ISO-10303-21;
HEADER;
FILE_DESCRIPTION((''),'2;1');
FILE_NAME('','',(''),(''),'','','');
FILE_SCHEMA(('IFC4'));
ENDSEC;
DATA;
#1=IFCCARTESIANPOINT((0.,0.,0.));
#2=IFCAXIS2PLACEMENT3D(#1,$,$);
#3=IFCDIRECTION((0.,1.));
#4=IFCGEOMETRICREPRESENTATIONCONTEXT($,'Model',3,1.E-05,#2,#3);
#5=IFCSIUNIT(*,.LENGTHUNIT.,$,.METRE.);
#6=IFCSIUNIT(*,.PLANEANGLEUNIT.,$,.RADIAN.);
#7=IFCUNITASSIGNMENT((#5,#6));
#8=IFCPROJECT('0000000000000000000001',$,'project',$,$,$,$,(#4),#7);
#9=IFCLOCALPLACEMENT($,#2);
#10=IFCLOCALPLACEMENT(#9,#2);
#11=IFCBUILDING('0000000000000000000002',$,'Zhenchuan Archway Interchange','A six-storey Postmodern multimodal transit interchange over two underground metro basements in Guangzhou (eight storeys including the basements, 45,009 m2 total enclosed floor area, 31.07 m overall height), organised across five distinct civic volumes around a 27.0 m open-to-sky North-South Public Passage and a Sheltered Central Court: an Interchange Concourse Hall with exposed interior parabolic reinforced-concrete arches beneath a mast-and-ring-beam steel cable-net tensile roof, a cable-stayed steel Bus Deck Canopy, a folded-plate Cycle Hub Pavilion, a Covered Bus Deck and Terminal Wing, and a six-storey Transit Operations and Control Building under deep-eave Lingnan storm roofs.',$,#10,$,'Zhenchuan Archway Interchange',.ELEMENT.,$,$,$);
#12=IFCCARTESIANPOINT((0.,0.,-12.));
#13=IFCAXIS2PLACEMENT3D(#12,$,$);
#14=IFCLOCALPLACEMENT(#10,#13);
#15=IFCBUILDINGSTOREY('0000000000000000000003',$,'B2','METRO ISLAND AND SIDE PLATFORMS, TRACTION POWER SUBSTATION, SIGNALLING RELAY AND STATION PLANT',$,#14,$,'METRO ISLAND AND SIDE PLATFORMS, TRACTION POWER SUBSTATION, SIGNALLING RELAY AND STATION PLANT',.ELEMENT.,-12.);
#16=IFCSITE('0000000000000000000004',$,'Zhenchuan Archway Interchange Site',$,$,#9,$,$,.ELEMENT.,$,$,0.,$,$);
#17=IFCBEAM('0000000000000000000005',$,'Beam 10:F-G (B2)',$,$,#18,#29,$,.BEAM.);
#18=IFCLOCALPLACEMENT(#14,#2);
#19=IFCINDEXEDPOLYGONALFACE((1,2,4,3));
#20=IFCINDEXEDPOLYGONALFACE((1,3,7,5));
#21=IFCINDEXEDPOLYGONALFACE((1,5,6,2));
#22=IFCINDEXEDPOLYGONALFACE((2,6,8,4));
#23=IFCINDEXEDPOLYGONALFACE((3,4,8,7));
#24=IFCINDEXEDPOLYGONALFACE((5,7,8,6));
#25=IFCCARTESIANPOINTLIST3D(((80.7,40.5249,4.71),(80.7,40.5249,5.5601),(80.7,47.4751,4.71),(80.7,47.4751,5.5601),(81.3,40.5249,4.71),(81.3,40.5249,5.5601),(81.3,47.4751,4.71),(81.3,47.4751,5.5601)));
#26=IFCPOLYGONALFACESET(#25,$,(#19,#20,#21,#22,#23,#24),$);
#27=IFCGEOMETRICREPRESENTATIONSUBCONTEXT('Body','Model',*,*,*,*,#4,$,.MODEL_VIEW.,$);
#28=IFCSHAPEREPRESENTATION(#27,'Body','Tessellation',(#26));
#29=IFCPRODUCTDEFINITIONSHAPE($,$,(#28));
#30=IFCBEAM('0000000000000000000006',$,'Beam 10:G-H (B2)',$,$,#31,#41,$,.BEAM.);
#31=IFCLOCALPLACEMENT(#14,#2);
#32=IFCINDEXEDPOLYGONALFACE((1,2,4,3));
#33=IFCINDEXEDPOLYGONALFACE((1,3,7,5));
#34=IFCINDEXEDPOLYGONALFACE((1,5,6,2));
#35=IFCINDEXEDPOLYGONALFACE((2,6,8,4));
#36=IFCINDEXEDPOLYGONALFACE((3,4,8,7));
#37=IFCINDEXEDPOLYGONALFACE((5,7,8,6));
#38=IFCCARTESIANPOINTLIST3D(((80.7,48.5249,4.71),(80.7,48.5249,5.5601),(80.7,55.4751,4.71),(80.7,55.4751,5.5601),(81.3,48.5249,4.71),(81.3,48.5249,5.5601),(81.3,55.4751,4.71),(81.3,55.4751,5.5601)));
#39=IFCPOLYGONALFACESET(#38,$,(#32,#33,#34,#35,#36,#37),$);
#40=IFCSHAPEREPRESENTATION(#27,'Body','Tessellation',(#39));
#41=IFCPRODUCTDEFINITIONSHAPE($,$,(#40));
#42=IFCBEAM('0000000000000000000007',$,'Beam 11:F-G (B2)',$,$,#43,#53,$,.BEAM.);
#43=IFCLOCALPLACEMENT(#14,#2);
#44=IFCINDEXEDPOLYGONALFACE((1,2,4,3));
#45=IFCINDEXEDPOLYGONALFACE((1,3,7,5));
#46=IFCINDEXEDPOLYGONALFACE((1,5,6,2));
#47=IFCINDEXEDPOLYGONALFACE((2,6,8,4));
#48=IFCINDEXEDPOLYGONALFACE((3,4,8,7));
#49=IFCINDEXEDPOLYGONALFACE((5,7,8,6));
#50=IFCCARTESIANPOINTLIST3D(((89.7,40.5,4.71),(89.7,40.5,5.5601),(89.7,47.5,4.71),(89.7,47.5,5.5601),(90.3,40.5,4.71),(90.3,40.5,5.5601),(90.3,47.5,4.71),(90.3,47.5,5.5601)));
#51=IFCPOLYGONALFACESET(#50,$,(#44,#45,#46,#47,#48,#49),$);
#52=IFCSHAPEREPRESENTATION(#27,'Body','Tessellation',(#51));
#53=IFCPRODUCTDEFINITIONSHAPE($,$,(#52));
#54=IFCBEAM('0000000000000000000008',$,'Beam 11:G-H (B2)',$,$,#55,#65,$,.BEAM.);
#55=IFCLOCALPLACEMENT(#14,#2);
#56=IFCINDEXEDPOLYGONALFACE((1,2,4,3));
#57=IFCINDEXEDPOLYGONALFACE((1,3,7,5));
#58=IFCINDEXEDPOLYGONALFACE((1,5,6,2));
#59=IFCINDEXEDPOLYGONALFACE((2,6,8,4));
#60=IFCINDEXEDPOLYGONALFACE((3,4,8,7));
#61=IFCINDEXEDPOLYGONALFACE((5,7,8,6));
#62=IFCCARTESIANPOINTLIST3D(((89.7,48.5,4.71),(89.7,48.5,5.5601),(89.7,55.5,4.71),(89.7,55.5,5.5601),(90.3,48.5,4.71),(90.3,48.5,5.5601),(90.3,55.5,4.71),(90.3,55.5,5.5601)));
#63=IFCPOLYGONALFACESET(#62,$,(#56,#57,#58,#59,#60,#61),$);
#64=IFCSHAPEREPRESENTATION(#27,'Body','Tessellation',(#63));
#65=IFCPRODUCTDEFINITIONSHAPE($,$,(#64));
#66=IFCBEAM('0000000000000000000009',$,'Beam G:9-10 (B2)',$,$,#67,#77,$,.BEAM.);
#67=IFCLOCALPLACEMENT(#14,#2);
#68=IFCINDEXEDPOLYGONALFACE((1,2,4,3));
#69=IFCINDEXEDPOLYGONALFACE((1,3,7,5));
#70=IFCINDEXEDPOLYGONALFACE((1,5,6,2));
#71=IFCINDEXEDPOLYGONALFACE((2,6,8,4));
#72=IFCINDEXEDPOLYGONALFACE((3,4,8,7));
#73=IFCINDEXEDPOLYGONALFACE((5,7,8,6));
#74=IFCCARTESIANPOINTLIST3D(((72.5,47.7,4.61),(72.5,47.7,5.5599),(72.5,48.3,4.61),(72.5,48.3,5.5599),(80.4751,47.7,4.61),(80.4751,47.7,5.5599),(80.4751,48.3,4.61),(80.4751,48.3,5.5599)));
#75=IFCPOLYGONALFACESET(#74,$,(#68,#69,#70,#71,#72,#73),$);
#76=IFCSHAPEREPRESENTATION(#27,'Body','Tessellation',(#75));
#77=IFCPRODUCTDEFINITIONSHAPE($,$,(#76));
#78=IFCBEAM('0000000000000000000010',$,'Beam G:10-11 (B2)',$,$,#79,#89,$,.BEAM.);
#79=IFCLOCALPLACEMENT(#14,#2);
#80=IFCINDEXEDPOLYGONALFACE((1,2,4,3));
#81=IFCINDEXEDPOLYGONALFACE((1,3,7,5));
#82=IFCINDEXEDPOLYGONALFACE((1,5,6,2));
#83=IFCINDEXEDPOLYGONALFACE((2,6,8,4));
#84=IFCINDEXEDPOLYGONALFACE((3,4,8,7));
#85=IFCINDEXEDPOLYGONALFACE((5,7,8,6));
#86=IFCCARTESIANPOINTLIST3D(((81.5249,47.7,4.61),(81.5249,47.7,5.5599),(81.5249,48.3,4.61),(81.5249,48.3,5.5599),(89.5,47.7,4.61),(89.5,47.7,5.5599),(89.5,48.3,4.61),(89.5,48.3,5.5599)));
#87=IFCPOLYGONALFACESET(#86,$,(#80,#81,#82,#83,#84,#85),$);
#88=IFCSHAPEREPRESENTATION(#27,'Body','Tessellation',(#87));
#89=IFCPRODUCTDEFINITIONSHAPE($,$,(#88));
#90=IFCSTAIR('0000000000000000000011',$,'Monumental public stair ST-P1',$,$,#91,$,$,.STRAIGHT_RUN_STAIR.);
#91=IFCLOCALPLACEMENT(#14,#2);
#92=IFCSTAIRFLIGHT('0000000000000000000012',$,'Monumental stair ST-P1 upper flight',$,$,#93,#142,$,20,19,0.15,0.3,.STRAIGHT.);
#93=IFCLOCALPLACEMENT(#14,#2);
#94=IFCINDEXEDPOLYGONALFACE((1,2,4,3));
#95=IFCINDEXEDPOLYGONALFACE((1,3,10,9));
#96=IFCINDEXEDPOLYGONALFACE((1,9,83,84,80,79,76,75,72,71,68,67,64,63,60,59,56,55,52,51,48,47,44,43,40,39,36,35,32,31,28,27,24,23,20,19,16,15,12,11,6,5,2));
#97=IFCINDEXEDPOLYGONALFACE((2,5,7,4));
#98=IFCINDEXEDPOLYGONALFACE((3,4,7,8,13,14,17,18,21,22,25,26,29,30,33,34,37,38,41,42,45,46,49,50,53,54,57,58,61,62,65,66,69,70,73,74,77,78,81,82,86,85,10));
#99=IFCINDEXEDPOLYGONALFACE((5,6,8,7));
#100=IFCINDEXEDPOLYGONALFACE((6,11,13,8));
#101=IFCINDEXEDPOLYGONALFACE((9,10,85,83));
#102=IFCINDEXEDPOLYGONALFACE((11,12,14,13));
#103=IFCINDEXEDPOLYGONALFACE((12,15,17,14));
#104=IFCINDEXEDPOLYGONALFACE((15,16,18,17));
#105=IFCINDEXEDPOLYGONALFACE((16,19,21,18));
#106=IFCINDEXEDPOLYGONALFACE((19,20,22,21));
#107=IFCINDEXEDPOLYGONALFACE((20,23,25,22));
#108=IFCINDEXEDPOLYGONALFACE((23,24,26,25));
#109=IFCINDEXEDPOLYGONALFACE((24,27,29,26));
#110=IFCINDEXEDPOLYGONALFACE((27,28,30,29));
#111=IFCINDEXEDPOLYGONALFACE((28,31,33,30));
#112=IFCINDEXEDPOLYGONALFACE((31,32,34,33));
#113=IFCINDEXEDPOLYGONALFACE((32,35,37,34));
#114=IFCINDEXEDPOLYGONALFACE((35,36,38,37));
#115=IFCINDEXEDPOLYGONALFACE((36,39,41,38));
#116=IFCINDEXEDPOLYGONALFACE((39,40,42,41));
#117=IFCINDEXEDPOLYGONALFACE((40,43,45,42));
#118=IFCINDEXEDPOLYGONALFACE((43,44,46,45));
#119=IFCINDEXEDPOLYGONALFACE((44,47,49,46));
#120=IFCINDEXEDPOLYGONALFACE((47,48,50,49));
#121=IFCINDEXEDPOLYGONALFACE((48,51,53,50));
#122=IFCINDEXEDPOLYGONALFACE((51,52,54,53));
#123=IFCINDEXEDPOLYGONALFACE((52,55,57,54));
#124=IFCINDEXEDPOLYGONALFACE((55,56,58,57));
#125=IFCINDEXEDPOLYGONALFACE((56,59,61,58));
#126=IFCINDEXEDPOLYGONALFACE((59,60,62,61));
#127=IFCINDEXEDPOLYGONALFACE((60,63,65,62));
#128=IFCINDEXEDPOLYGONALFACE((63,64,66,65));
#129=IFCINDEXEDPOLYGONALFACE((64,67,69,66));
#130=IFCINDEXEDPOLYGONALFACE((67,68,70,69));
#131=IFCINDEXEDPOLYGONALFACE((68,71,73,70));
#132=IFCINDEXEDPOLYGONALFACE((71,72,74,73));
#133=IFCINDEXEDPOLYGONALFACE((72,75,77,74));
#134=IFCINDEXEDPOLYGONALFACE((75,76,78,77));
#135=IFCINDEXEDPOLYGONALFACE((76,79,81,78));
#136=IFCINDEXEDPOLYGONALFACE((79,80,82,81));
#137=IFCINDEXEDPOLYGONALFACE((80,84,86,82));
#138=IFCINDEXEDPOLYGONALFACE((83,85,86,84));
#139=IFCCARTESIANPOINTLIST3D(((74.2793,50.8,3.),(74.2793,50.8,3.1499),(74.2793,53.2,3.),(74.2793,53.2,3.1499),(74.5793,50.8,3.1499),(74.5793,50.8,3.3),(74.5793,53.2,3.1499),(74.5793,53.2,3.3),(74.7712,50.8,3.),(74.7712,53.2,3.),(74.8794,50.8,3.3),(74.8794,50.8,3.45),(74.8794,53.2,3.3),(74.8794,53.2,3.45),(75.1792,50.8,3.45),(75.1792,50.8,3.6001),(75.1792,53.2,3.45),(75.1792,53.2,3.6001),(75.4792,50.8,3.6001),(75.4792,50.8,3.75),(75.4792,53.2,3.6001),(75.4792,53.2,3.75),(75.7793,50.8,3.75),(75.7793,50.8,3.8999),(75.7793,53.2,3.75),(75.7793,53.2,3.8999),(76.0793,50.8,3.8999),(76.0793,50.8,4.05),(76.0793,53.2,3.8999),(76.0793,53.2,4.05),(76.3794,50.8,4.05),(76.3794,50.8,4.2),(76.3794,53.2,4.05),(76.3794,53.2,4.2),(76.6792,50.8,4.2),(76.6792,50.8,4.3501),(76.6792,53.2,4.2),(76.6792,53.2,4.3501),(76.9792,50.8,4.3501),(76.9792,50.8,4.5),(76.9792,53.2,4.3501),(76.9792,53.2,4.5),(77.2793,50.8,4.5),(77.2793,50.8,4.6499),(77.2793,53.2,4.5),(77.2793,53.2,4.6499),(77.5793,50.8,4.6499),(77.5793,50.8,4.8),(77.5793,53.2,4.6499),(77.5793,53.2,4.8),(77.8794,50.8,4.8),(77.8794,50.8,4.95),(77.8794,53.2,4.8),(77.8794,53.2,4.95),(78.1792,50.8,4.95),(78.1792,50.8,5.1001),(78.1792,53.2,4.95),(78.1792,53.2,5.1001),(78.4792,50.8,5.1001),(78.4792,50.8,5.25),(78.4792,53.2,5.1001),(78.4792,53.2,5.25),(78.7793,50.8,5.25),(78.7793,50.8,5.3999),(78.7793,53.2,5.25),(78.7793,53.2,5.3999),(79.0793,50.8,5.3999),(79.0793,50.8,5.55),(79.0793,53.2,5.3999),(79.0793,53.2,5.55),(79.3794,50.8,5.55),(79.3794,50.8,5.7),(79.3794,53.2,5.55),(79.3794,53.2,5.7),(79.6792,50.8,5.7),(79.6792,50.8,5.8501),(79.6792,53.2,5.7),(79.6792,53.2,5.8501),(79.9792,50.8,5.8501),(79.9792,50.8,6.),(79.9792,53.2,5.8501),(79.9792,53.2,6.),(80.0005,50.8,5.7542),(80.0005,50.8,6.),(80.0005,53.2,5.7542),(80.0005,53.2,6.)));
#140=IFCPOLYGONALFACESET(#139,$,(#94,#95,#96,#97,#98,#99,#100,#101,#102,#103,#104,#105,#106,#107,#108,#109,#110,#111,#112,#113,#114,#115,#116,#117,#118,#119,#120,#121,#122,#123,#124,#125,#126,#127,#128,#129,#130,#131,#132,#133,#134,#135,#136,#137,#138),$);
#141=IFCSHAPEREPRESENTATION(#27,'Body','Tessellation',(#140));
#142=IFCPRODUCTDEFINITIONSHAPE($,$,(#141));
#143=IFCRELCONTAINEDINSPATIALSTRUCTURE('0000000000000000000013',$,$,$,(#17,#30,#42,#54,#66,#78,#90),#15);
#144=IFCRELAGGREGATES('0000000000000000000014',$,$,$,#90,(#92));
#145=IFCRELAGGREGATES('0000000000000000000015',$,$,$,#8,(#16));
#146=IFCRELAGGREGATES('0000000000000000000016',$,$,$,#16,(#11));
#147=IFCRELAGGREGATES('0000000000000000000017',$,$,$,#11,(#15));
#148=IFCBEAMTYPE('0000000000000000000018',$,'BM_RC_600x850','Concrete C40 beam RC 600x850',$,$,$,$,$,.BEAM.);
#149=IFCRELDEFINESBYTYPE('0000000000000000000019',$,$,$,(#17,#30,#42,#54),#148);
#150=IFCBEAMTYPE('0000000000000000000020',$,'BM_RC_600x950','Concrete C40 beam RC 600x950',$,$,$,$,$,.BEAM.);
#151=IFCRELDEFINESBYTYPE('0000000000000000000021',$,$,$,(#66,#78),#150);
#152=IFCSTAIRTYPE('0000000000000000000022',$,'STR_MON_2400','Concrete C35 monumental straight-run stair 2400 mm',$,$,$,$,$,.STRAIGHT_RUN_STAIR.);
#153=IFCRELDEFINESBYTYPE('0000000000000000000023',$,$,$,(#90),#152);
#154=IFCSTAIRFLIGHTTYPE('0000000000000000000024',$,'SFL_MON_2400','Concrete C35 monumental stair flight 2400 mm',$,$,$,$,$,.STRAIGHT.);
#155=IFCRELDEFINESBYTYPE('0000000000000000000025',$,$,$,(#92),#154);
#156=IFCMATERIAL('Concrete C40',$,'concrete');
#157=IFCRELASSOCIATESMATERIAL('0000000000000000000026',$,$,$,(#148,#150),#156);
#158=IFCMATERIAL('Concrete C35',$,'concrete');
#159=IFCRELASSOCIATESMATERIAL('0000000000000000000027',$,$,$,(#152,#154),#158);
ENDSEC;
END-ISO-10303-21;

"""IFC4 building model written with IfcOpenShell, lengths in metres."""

from ifc_helpers import new_model, si_unit, direction, frame, origin, origin_2d, place, context, subcontext, project, spatial, polyline, rectangle, outline, extrude, material, material_profile, profile_set, type_object, element, aggregate, save


model = new_model("IFC4")

# Units and contexts
model_context = context("Model", 3, precision=1e-05, world=origin(), true_north=direction((0.0, 1.0)))
body_context = subcontext(model_context, "Body", "Model", "MODEL_VIEW")
ifc_project = project(units=[si_unit("LENGTHUNIT", "METRE"), si_unit("PLANEANGLEUNIT", "RADIAN")], contexts=[model_context])

# Site, building, storey
site_placement = place(None, origin())
site = spatial("IfcSite", under=ifc_project, at=site_placement, Name="Zhenchuan Archway Interchange Site", CompositionType="ELEMENT", RefElevation=0.0)
building_placement = place(site_placement, origin())
building = spatial("IfcBuilding", under=site, at=building_placement, Name="Zhenchuan Archway Interchange", Description="A six-storey Postmodern multimodal transit interchange over two underground metro basements in Guangzhou (eight storeys including the basements, 45,009 m2 total enclosed floor area, 31.07 m overall height), organised across five distinct civic volumes around a 27.0 m open-to-sky North-South Public Passage and a Sheltered Central Court: an Interchange Concourse Hall with exposed interior parabolic reinforced-concrete arches beneath a mast-and-ring-beam steel cable-net tensile roof, a cable-stayed steel Bus Deck Canopy, a folded-plate Cycle Hub Pavilion, a Covered Bus Deck and Terminal Wing, and a six-storey Transit Operations and Control Building under deep-eave Lingnan storm roofs.", LongName="Zhenchuan Archway Interchange", CompositionType="ELEMENT")
storey_placement = place(building_placement, frame((0.0, 0.0, -12.0)))
storey = spatial("IfcBuildingStorey", under=building, at=storey_placement, Name="B2", Description="METRO ISLAND AND SIDE PLATFORMS, TRACTION POWER SUBSTATION, SIGNALLING RELAY AND STATION PLANT", LongName="METRO ISLAND AND SIDE PLATFORMS, TRACTION POWER SUBSTATION, SIGNALLING RELAY AND STATION PLANT", CompositionType="ELEMENT", Elevation=-12.0)

# Shared definitions
ifc_material_1 = material(Name="Concrete C40", Category="concrete")

# Shared definitions
ifc_material_2 = material(Name="Concrete C35", Category="concrete")

# Beams
ifc_material_profile_1 = material_profile(ifc_material_1, rectangle(XDim=0.6001, YDim=0.8501, at=origin_2d()), Name="RC 600x850")
ifc_profile_set_1 = profile_set([ifc_material_profile_1], Name="Concrete C40")
beam_type_1 = type_object("IfcBeamType", Name="BM_RC_600x850", Description="Concrete C40 beam RC 600x850", PredefinedType="BEAM", material=ifc_profile_set_1)
for number, where, z_axis, x_axis, name in (
    (1, (81.0, 40.5249, 5.135), (0.0, 1.0, 0.0), (-1.0, 0.0, 0.0), "Beam 10:F-G (B2)"),
    (2, (81.0, 48.5249, 5.135), (0.0, 1.0, 0.0), (-1.0, 0.0, 0.0), "Beam 10:G-H (B2)"),
):
    element("IfcBeam", number, at=place(storey_placement, frame(where, z_axis=z_axis, x_axis=x_axis)), inside=storey, type_object=beam_type_1, Name=name, PredefinedType="BEAM", context=body_context, shape_type="SweptSolid", body=[
        extrude(rectangle(XDim=0.6001, YDim=0.8501, at=origin_2d()), origin(), (0.0, 0.0, 1.0), 6.9502),
    ])
for number, where, z_axis, x_axis, name in (
    (3, (90.0, 40.5, 5.135), (0.0, 1.0, 0.0), (-1.0, 0.0, 0.0), "Beam 11:F-G (B2)"),
    (4, (90.0, 48.5, 5.135), (0.0, 1.0, 0.0), (-1.0, 0.0, 0.0), "Beam 11:G-H (B2)"),
):
    element("IfcBeam", number, at=place(storey_placement, frame(where, z_axis=z_axis, x_axis=x_axis)), inside=storey, type_object=beam_type_1, Name=name, PredefinedType="BEAM", context=body_context, shape_type="SweptSolid", body=[
        extrude(rectangle(XDim=0.6001, YDim=0.8501, at=origin_2d()), origin(), (0.0, 0.0, 1.0), 7.0),
    ])
ifc_material_profile_2 = material_profile(ifc_material_1, rectangle(XDim=0.6001, YDim=0.95, at=origin_2d()), Name="RC 600x950")
ifc_profile_set_2 = profile_set([ifc_material_profile_2], Name="Concrete C40")
beam_type_2 = type_object("IfcBeamType", Name="BM_RC_600x950", Description="Concrete C40 beam RC 600x950", PredefinedType="BEAM", material=ifc_profile_set_2)
for number, where, z_axis, x_axis, name in (
    (5, (72.5, 48.0, 5.085), (1.0, 0.0, 0.0), (0.0, 1.0, 0.0), "Beam G:9-10 (B2)"),
    (6, (81.5249, 48.0, 5.085), (1.0, 0.0, 0.0), (0.0, 1.0, 0.0), "Beam G:10-11 (B2)"),
):
    element("IfcBeam", number, at=place(storey_placement, frame(where, z_axis=z_axis, x_axis=x_axis)), inside=storey, type_object=beam_type_2, Name=name, PredefinedType="BEAM", context=body_context, shape_type="SweptSolid", body=[
        extrude(rectangle(XDim=0.6001, YDim=0.95, at=origin_2d()), origin(), (0.0, 0.0, 1.0), 7.9751),
    ])

# Stair, stair flight
stair_type = type_object("IfcStairType", Name="STR_MON_2400", Description="Concrete C35 monumental straight-run stair 2400 mm", PredefinedType="STRAIGHT_RUN_STAIR", material=ifc_material_2)
stair_placement = place(storey_placement, origin())
stair = element("IfcStair", 7, at=stair_placement, inside=storey, type_object=stair_type, Name="Monumental public stair ST-P1", PredefinedType="STRAIGHT_RUN_STAIR")
stair_flight_type = type_object("IfcStairFlightType", Name="SFL_MON_2400", Description="Concrete C35 monumental stair flight 2400 mm", PredefinedType="STRAIGHT", material=ifc_material_2)
stair_flight_placement = place(storey_placement, frame((74.2793, 52.0, 3.0), z_axis=(0.0, 0.0, 1.0), x_axis=(1.0, 0.0, 0.0)))
stair_flight = element("IfcStairFlight", 8, at=stair_flight_placement, type_object=stair_flight_type, Name="Monumental stair ST-P1 upper flight", NumberOfRisers=20, NumberOfTreads=19, PredefinedType="STRAIGHT", RiserHeight=0.15, TreadLength=0.3, context=body_context, shape_type="SweptSolid", body=[
    extrude(outline(polyline([(0.0, 0.0), (0.0, 0.1499), (0.3, 0.1499), (0.3, 0.3), (0.6001, 0.3), (0.6001, 0.45), (0.8999, 0.45), (0.8999, 0.6001), (1.2, 0.6001), (1.2, 0.75), (1.5, 0.75), (1.5, 0.8999), (1.8, 0.8999), (1.8, 1.05), (2.1001, 1.05), (2.1001, 1.2), (2.3999, 1.2), (2.3999, 1.3501), (2.7, 1.3501), (2.7, 1.5), (3.0, 1.5), (3.0, 1.6499), (3.3, 1.6499), (3.3, 1.8), (3.6001, 1.8), (3.6001, 1.95), (3.8999, 1.95), (3.8999, 2.1001), (4.2, 2.1001), (4.2, 2.25), (4.5, 2.25), (4.5, 2.3999), (4.8, 2.3999), (4.8, 2.55), (5.1001, 2.55), (5.1001, 2.7), (5.3999, 2.7), (5.3999, 2.8501), (5.7, 2.8501), (5.7, 3.0), (5.7212, 3.0), (5.7212, 2.7542), (0.4919, 0.0), (0.0, 0.0)])), frame((0.0, 1.2, 0.0), z_axis=(0.0, -1.0, 0.0), x_axis=(1.0, 0.0, 0.0)), (0.0, 0.0, 1.0), 2.3999),
])
aggregate(stair, [stair_flight])

save(model, "model.ifc")
